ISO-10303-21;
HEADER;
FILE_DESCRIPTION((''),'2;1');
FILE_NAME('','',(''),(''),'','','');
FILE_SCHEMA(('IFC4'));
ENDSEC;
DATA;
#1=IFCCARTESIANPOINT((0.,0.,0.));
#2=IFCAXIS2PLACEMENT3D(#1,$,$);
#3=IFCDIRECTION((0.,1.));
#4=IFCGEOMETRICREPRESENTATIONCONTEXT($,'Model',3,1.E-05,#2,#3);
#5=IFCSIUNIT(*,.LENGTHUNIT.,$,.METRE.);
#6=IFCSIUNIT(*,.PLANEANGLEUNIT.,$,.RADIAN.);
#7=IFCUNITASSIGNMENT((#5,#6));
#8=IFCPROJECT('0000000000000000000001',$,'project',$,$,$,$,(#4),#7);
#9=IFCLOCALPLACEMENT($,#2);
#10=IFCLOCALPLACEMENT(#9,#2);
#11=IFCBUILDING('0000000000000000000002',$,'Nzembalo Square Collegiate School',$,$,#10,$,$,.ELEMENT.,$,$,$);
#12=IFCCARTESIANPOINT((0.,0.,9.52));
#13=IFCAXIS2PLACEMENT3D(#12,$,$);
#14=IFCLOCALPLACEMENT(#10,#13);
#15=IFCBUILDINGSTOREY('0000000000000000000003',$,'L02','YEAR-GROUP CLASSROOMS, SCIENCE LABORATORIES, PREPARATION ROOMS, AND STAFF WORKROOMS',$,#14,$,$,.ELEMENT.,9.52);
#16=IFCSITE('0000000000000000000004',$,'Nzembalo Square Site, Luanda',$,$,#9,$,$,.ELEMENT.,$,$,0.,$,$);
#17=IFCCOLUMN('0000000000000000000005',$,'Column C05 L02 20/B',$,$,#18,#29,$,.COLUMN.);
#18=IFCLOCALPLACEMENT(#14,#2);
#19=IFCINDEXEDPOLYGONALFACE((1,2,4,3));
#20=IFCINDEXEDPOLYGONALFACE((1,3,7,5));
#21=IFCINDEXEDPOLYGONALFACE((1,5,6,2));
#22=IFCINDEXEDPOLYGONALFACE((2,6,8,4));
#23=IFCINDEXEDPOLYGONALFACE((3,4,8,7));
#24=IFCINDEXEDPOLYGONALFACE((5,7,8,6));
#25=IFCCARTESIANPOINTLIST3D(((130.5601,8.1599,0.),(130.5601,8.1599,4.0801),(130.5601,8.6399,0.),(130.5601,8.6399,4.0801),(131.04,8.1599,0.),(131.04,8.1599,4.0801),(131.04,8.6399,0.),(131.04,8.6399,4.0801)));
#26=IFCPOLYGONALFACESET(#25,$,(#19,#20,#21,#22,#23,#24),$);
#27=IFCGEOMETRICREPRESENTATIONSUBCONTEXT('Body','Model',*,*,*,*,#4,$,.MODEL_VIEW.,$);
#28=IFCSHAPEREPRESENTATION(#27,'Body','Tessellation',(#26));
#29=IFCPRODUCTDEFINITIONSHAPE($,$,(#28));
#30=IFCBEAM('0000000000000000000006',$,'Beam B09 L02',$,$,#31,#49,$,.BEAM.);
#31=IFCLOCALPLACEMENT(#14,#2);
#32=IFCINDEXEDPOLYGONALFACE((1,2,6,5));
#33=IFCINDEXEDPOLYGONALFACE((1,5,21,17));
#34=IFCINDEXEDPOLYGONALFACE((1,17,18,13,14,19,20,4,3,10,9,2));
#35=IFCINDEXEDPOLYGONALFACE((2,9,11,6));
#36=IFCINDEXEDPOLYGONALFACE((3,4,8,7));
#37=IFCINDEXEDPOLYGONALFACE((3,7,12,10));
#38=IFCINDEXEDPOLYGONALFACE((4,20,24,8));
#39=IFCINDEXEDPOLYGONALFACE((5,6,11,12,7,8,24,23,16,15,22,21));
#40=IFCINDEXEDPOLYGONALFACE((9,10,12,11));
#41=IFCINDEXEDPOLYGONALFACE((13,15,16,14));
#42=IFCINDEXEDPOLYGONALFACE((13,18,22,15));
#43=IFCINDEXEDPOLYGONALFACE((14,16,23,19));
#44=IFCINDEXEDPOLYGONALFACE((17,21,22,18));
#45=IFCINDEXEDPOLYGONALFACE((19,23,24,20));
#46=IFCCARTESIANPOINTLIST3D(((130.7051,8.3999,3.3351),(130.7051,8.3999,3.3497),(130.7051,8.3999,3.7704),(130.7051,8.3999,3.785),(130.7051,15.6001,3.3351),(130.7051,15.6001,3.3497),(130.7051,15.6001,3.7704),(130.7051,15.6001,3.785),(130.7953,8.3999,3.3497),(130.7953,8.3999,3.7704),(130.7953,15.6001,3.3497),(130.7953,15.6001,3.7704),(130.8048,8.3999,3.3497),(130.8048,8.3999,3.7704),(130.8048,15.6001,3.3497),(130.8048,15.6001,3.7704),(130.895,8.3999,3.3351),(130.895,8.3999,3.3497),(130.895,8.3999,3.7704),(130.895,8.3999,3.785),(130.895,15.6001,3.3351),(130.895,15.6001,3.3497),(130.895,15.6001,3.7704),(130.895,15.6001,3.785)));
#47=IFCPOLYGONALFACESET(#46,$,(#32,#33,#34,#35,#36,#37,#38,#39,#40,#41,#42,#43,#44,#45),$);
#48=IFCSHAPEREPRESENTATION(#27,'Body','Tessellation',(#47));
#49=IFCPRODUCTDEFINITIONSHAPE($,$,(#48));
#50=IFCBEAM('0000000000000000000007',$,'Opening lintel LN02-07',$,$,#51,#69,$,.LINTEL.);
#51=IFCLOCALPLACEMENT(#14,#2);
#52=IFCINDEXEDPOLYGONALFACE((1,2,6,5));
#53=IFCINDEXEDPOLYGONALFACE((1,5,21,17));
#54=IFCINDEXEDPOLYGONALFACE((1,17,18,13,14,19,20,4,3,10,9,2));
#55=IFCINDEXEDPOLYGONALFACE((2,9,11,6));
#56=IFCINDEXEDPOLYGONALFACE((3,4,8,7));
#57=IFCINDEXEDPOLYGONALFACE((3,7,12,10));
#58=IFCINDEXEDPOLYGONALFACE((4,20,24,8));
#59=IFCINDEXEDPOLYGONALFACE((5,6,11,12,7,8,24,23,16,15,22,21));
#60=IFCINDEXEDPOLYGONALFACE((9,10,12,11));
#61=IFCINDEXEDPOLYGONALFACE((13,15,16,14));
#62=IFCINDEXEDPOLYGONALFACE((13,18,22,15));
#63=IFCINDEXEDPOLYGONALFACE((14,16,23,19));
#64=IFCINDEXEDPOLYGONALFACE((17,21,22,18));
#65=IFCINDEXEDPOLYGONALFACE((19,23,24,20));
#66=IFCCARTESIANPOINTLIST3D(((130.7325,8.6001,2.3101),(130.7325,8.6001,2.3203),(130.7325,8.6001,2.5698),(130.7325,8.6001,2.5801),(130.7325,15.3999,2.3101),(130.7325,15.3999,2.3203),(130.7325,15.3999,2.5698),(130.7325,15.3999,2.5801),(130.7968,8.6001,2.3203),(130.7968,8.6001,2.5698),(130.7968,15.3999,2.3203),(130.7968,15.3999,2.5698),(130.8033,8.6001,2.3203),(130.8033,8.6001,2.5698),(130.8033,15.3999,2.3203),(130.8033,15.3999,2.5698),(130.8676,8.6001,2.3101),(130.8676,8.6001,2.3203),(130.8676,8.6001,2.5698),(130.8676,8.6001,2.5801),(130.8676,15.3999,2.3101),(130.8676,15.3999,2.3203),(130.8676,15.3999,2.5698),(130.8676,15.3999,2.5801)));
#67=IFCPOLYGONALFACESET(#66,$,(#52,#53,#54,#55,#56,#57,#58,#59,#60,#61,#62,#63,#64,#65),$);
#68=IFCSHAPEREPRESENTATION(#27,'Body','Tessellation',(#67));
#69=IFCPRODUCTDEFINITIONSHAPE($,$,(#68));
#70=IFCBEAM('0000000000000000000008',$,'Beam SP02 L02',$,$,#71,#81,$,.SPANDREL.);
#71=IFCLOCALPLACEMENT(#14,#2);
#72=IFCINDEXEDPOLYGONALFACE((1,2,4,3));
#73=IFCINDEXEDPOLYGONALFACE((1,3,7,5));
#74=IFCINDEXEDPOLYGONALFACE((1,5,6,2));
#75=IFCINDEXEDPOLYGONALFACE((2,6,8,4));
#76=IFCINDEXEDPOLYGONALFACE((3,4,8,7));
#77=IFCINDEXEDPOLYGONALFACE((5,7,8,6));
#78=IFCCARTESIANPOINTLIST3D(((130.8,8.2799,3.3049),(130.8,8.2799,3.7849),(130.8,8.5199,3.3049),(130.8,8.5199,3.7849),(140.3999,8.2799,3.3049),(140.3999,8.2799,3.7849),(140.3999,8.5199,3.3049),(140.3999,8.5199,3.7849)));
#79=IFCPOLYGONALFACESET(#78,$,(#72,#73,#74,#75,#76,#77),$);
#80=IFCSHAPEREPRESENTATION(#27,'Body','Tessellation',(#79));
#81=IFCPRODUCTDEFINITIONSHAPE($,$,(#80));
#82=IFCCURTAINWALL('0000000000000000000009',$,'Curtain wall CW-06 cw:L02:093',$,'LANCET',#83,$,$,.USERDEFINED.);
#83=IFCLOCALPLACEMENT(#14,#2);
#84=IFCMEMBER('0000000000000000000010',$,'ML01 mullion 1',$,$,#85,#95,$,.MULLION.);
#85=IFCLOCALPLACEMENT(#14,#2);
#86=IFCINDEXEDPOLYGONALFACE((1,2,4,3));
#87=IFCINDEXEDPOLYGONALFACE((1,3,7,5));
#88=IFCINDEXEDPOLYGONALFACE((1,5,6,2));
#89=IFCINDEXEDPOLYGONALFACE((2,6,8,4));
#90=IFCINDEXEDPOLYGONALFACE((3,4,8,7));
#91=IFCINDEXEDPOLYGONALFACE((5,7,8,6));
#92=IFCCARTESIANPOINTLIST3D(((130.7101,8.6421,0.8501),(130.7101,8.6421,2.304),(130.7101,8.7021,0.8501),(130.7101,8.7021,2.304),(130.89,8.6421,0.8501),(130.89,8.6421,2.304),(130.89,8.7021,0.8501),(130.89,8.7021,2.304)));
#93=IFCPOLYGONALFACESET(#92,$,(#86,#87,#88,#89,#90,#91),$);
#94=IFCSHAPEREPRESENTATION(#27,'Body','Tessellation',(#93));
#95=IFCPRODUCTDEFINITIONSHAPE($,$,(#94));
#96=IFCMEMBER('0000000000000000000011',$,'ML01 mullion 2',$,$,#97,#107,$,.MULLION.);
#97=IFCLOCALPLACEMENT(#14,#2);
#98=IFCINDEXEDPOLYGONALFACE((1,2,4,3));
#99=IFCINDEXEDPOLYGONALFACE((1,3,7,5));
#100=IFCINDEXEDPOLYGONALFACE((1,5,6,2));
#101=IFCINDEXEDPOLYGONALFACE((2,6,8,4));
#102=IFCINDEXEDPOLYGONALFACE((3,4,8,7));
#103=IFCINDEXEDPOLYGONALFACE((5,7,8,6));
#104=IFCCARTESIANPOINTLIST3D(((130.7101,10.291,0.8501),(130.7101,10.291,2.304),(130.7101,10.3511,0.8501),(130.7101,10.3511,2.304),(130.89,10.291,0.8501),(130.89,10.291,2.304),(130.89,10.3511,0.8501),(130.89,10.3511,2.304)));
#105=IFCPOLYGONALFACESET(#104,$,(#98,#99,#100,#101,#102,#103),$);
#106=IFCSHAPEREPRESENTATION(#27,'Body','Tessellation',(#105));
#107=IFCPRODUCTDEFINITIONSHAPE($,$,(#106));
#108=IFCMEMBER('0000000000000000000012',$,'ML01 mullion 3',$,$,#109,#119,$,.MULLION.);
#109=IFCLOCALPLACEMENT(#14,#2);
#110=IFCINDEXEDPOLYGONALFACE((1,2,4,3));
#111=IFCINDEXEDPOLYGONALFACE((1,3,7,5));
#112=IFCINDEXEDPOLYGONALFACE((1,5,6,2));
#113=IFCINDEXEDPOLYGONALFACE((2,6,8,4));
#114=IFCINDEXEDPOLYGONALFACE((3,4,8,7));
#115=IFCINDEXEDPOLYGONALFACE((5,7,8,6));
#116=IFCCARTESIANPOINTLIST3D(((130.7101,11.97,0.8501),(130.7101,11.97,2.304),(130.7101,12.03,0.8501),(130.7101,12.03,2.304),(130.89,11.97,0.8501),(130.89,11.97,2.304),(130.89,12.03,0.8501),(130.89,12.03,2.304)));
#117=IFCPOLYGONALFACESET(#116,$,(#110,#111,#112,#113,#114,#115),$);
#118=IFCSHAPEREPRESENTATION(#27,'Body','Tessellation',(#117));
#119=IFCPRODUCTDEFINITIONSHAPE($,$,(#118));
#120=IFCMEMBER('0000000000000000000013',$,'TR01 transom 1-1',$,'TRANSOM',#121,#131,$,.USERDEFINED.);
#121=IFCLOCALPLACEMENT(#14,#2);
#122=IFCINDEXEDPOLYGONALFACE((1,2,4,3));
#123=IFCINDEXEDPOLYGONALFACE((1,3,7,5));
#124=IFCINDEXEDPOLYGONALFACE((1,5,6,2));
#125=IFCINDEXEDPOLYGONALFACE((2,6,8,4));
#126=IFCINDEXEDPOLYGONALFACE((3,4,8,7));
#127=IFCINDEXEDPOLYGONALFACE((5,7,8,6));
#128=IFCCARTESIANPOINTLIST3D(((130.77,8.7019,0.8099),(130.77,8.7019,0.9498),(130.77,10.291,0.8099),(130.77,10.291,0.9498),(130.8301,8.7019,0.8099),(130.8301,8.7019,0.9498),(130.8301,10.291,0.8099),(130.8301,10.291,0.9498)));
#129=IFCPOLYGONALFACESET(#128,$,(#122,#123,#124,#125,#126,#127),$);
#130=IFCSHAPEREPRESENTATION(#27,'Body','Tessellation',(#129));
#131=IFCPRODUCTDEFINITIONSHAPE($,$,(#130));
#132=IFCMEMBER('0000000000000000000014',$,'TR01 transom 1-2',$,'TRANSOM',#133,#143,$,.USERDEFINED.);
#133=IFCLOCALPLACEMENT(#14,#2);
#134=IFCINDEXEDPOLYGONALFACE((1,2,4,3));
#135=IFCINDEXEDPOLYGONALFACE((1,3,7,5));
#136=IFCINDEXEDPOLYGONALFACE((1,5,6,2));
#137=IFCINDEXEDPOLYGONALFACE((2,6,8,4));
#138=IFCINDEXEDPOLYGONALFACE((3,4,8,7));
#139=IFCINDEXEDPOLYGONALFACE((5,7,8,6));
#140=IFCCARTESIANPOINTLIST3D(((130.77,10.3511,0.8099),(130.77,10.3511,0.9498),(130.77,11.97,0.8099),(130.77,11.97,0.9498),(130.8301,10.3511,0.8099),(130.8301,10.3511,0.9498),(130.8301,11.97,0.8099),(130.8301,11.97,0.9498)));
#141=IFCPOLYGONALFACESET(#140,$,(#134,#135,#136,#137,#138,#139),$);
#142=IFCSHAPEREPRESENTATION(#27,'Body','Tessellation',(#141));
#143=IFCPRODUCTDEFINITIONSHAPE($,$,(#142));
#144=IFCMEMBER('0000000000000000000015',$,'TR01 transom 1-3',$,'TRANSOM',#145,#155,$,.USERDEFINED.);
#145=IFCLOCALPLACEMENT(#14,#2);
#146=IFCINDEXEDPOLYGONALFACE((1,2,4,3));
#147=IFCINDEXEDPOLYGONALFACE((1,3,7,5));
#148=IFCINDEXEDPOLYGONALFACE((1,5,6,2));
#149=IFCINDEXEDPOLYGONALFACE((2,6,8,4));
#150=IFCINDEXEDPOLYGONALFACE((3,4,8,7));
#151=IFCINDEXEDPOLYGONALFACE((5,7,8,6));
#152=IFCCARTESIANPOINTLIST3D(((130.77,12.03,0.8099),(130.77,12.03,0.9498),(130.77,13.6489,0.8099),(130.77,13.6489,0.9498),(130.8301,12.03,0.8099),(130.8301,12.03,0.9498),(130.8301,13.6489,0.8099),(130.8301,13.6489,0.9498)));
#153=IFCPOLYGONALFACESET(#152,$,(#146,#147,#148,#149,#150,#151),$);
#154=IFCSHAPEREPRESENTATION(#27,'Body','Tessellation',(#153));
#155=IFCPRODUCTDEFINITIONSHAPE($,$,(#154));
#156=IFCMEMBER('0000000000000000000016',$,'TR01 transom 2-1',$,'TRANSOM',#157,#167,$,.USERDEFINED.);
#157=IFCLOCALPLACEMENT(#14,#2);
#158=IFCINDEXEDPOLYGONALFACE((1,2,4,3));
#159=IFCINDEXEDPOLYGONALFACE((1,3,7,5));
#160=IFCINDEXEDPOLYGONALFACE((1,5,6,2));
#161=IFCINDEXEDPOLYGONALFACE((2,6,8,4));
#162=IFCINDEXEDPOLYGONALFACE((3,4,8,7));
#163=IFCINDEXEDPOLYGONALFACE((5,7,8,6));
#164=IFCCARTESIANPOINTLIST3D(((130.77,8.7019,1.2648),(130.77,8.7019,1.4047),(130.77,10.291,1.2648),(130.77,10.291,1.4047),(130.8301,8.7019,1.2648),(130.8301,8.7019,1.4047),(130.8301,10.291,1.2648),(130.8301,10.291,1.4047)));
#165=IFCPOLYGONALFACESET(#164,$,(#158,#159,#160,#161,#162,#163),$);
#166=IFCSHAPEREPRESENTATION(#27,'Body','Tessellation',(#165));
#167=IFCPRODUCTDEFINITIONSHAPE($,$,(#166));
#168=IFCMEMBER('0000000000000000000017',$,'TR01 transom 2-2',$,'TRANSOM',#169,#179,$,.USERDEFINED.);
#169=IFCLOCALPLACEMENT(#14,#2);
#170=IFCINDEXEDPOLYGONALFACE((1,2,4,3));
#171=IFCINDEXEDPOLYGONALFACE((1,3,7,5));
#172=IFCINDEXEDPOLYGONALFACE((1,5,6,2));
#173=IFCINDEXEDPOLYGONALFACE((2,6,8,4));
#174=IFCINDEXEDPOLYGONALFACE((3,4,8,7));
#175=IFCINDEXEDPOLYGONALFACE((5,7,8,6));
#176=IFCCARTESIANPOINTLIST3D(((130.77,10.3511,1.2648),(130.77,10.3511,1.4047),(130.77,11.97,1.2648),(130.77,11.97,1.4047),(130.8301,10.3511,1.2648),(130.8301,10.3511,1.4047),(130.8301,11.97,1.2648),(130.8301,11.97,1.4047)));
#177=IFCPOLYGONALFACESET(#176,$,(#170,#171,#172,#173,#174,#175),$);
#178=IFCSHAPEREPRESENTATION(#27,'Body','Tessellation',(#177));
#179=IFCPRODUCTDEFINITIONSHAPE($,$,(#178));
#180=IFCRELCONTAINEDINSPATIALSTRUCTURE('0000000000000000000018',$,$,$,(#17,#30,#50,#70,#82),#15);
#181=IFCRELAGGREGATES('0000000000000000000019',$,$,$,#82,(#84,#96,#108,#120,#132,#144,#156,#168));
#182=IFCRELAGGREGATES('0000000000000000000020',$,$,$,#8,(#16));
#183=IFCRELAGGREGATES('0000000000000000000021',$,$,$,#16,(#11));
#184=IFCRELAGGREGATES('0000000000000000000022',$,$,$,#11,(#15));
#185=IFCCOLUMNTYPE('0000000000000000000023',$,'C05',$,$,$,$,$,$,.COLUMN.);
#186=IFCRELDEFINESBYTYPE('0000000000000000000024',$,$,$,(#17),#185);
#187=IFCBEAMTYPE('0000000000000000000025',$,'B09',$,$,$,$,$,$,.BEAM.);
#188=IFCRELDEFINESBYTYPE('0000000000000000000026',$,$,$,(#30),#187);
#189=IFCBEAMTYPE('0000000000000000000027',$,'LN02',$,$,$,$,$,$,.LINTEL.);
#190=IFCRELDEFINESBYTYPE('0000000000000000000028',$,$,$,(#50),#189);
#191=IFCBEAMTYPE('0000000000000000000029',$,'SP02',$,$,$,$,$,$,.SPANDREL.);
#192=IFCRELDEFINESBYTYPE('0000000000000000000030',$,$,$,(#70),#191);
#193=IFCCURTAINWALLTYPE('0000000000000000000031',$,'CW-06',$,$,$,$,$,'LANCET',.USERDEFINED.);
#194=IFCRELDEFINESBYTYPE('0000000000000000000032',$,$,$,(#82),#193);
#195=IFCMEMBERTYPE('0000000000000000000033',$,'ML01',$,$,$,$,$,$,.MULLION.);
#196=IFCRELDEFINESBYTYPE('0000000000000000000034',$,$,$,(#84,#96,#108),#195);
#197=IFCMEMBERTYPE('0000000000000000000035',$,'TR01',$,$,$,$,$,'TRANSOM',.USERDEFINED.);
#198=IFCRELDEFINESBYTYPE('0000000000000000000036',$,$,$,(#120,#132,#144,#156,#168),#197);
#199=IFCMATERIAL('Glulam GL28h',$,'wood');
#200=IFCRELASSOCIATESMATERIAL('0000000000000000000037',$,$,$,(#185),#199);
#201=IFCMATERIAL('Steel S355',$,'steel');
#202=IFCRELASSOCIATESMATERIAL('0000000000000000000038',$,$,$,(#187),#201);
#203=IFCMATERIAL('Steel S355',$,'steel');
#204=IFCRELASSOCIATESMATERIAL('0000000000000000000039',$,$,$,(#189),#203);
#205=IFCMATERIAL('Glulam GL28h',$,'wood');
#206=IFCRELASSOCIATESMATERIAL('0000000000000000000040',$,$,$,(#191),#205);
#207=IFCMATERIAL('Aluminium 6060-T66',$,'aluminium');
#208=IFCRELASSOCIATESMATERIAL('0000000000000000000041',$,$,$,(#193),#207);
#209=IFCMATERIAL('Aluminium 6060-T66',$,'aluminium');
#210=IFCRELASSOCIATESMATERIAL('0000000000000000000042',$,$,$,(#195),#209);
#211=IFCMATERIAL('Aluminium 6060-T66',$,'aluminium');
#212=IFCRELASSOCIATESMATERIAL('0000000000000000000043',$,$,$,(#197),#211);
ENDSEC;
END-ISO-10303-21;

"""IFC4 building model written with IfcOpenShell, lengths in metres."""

from ifc_helpers import new_model, si_unit, direction, frame, origin, origin_2d, place, context, subcontext, project, spatial, rectangle, i_section, extrude, material, material_profile, profile_set, type_object, element, aggregate, save


model = new_model("IFC4")

# Units and contexts
model_context = context("Model", 3, precision=1e-05, world=origin(), true_north=direction((0.0, 1.0)))
body_context = subcontext(model_context, "Body", "Model", "MODEL_VIEW")
ifc_project = project(units=[si_unit("LENGTHUNIT", "METRE"), si_unit("PLANEANGLEUNIT", "RADIAN")], contexts=[model_context])

# Site, building, storey
site_placement = place(None, origin())
site = spatial("IfcSite", under=ifc_project, at=site_placement, Name="Nzembalo Square Site, Luanda", CompositionType="ELEMENT", RefElevation=0.0)
building_placement = place(site_placement, origin())
building = spatial("IfcBuilding", under=site, at=building_placement, Name="Nzembalo Square Collegiate School", CompositionType="ELEMENT")
storey_placement = place(building_placement, frame((0.0, 0.0, 9.52)))
storey = spatial("IfcBuildingStorey", under=building, at=storey_placement, Name="L02", Description="YEAR-GROUP CLASSROOMS, SCIENCE LABORATORIES, PREPARATION ROOMS, AND STAFF WORKROOMS", CompositionType="ELEMENT", Elevation=9.52)

# Column
ifc_material_1 = material(Name="Glulam GL28h", Category="wood")
ifc_material_profile_1 = material_profile(ifc_material_1, rectangle(XDim=0.48, YDim=0.48, at=origin_2d()), Name="GL28h 480x480")
ifc_profile_set_1 = profile_set([ifc_material_profile_1], Name="Glulam GL28h")
column_type = type_object("IfcColumnType", Name="C05", PredefinedType="COLUMN", material=ifc_profile_set_1)
column_placement = place(storey_placement, frame((130.8, 8.3999, 0.0), z_axis=(0.0, 0.0, 1.0), x_axis=(1.0, 0.0, 0.0)))
element("IfcColumn", 1, at=column_placement, inside=storey, type_object=column_type, Name="Column C05 L02 20/B", PredefinedType="COLUMN", context=body_context, shape_type="SweptSolid", body=[
    extrude(rectangle(XDim=0.48, YDim=0.48, at=origin_2d()), origin(), (0.0, 0.0, 1.0), 4.0801),
])

# Beams
ifc_material_2 = material(Name="Steel S355", Category="steel")
ifc_material_profile_2 = material_profile(ifc_material_2, i_section(OverallWidth=0.1899, OverallDepth=0.45, WebThickness=0.0095, FlangeThickness=0.0146, at=origin_2d()), Name="IPE 450")
ifc_profile_set_2 = profile_set([ifc_material_profile_2], Name="Steel S355")
beam_type_1 = type_object("IfcBeamType", Name="B09", PredefinedType="BEAM", material=ifc_profile_set_2)
beam_1_placement = place(storey_placement, frame((130.8, 8.3999, 3.5601), z_axis=(0.0, 1.0, 0.0), x_axis=(-1.0, 0.0, 0.0)))
element("IfcBeam", 2, at=beam_1_placement, inside=storey, type_object=beam_type_1, Name="Beam B09 L02", PredefinedType="BEAM", context=body_context, shape_type="SweptSolid", body=[
    extrude(i_section(OverallWidth=0.1899, OverallDepth=0.45, WebThickness=0.0095, FlangeThickness=0.0146, at=origin_2d()), origin(), (0.0, 0.0, 1.0), 7.2002),
])
ifc_material_3 = material(Name="Steel S355", Category="steel")
ifc_material_profile_3 = material_profile(ifc_material_3, i_section(OverallWidth=0.135, OverallDepth=0.27, WebThickness=0.0066, FlangeThickness=0.0103, at=origin_2d()), Name="IPE 270")
ifc_profile_set_3 = profile_set([ifc_material_profile_3], Name="Steel S355")
beam_type_2 = type_object("IfcBeamType", Name="LN02", PredefinedType="LINTEL", material=ifc_profile_set_3)
beam_2_placement = place(storey_placement, frame((130.8, 8.6001, 2.4451), z_axis=(0.0, 1.0, 0.0), x_axis=(-1.0, 0.0, 0.0)))
element("IfcBeam", 3, at=beam_2_placement, inside=storey, type_object=beam_type_2, Name="Opening lintel LN02-07", PredefinedType="LINTEL", context=body_context, shape_type="SweptSolid", body=[
    extrude(i_section(OverallWidth=0.135, OverallDepth=0.27, WebThickness=0.0066, FlangeThickness=0.0103, at=origin_2d()), origin(), (0.0, 0.0, 1.0), 6.7998),
])
ifc_material_4 = material(Name="Glulam GL28h", Category="wood")
ifc_material_profile_4 = material_profile(ifc_material_4, rectangle(XDim=0.24, YDim=0.48, at=origin_2d()), Name="GL28h 240x480")
ifc_profile_set_4 = profile_set([ifc_material_profile_4], Name="Glulam GL28h")
beam_type_3 = type_object("IfcBeamType", Name="SP02", PredefinedType="SPANDREL", material=ifc_profile_set_4)
beam_3_placement = place(storey_placement, frame((130.8, 8.3999, 3.5449), z_axis=(1.0, 0.0, 0.0), x_axis=(0.0, 1.0, 0.0)))
element("IfcBeam", 4, at=beam_3_placement, inside=storey, type_object=beam_type_3, Name="Beam SP02 L02", PredefinedType="SPANDREL", context=body_context, shape_type="SweptSolid", body=[
    extrude(rectangle(XDim=0.24, YDim=0.48, at=origin_2d()), origin(), (0.0, 0.0, 1.0), 9.5999),
])

# Curtain wall, members
ifc_material_5 = material(Name="Aluminium 6060-T66", Category="aluminium")
curtain_wall_type = type_object("IfcCurtainWallType", Name="CW-06", ElementType="LANCET", PredefinedType="USERDEFINED", material=ifc_material_5)
curtain_wall_placement = place(storey_placement, origin())
curtain_wall = element("IfcCurtainWall", 5, at=curtain_wall_placement, inside=storey, type_object=curtain_wall_type, Name="Curtain wall CW-06 cw:L02:093", ObjectType="LANCET", PredefinedType="USERDEFINED")
ifc_material_6 = material(Name="Aluminium 6060-T66", Category="aluminium")
ifc_material_profile_5 = material_profile(ifc_material_6, rectangle(XDim=0.0601, YDim=0.1799, at=origin_2d()), Name="ALU M60x180")
ifc_profile_set_5 = profile_set([ifc_material_profile_5], Name="Aluminium 6060-T66")
member_type_1 = type_object("IfcMemberType", Name="ML01", PredefinedType="MULLION", material=ifc_profile_set_5)
member_1_placement = place(storey_placement, frame((130.8, 8.6721, 0.8501), z_axis=(0.0, 0.0, 1.0), x_axis=(0.0, 1.0, 0.0)))
member_1 = element("IfcMember", 6, at=member_1_placement, type_object=member_type_1, Name="ML01 mullion 1", PredefinedType="MULLION", context=body_context, shape_type="SweptSolid", body=[
    extrude(rectangle(XDim=0.0601, YDim=0.1799, at=origin_2d()), origin(), (0.0, 0.0, 1.0), 1.4539),
])
member_2_placement = place(storey_placement, frame((130.8, 10.321, 0.8501), z_axis=(0.0, 0.0, 1.0), x_axis=(0.0, 1.0, 0.0)))
member_2 = element("IfcMember", 7, at=member_2_placement, type_object=member_type_1, Name="ML01 mullion 2", PredefinedType="MULLION", context=body_context, shape_type="SweptSolid", body=[
    extrude(rectangle(XDim=0.0601, YDim=0.1799, at=origin_2d()), origin(), (0.0, 0.0, 1.0), 1.4539),
])
member_3_placement = place(storey_placement, frame((130.8, 12.0, 0.8501), z_axis=(0.0, 0.0, 1.0), x_axis=(0.0, 1.0, 0.0)))
member_3 = element("IfcMember", 8, at=member_3_placement, type_object=member_type_1, Name="ML01 mullion 3", PredefinedType="MULLION", context=body_context, shape_type="SweptSolid", body=[
    extrude(rectangle(XDim=0.0601, YDim=0.1799, at=origin_2d()), origin(), (0.0, 0.0, 1.0), 1.4539),
])
ifc_material_7 = material(Name="Aluminium 6060-T66", Category="aluminium")
ifc_material_profile_6 = material_profile(ifc_material_7, rectangle(XDim=0.0601, YDim=0.1399, at=origin_2d()), Name="ALU T60x140")
ifc_profile_set_6 = profile_set([ifc_material_profile_6], Name="Aluminium 6060-T66")
member_type_2 = type_object("IfcMemberType", Name="TR01", ElementType="TRANSOM", PredefinedType="USERDEFINED", material=ifc_profile_set_6)
member_4_placement = place(storey_placement, frame((130.8, 8.7019, 0.8799), z_axis=(0.0, 1.0, 0.0), x_axis=(-1.0, 0.0, 0.0)))
member_4 = element("IfcMember", 9, at=member_4_placement, type_object=member_type_2, Name="TR01 transom 1-1", ObjectType="TRANSOM", PredefinedType="USERDEFINED", context=body_context, shape_type="SweptSolid", body=[
    extrude(rectangle(XDim=0.0601, YDim=0.1399, at=origin_2d()), origin(), (0.0, 0.0, 1.0), 1.5891),
])
member_5_placement = place(storey_placement, frame((130.8, 10.3511, 0.8799), z_axis=(0.0, 1.0, 0.0), x_axis=(-1.0, 0.0, 0.0)))
member_5 = element("IfcMember", 10, at=member_5_placement, type_object=member_type_2, Name="TR01 transom 1-2", ObjectType="TRANSOM", PredefinedType="USERDEFINED", context=body_context, shape_type="SweptSolid", body=[
    extrude(rectangle(XDim=0.0601, YDim=0.1399, at=origin_2d()), origin(), (0.0, 0.0, 1.0), 1.6189),
])
member_6_placement = place(storey_placement, frame((130.8, 12.03, 0.8799), z_axis=(0.0, 1.0, 0.0), x_axis=(-1.0, 0.0, 0.0)))
member_6 = element("IfcMember", 11, at=member_6_placement, type_object=member_type_2, Name="TR01 transom 1-3", ObjectType="TRANSOM", PredefinedType="USERDEFINED", context=body_context, shape_type="SweptSolid", body=[
    extrude(rectangle(XDim=0.0601, YDim=0.1399, at=origin_2d()), origin(), (0.0, 0.0, 1.0), 1.6189),
])
member_7_placement = place(storey_placement, frame((130.8, 8.7019, 1.3347), z_axis=(0.0, 1.0, 0.0), x_axis=(-1.0, 0.0, 0.0)))
member_7 = element("IfcMember", 12, at=member_7_placement, type_object=member_type_2, Name="TR01 transom 2-1", ObjectType="TRANSOM", PredefinedType="USERDEFINED", context=body_context, shape_type="SweptSolid", body=[
    extrude(rectangle(XDim=0.0601, YDim=0.1399, at=origin_2d()), origin(), (0.0, 0.0, 1.0), 1.5891),
])
member_8_placement = place(storey_placement, frame((130.8, 10.3511, 1.3347), z_axis=(0.0, 1.0, 0.0), x_axis=(-1.0, 0.0, 0.0)))
member_8 = element("IfcMember", 13, at=member_8_placement, type_object=member_type_2, Name="TR01 transom 2-2", ObjectType="TRANSOM", PredefinedType="USERDEFINED", context=body_context, shape_type="SweptSolid", body=[
    extrude(rectangle(XDim=0.0601, YDim=0.1399, at=origin_2d()), origin(), (0.0, 0.0, 1.0), 1.6189),
])
aggregate(curtain_wall, [member_1, member_2, member_3, member_4, member_5, member_6, member_7, member_8])

save(model, "model.ifc")
